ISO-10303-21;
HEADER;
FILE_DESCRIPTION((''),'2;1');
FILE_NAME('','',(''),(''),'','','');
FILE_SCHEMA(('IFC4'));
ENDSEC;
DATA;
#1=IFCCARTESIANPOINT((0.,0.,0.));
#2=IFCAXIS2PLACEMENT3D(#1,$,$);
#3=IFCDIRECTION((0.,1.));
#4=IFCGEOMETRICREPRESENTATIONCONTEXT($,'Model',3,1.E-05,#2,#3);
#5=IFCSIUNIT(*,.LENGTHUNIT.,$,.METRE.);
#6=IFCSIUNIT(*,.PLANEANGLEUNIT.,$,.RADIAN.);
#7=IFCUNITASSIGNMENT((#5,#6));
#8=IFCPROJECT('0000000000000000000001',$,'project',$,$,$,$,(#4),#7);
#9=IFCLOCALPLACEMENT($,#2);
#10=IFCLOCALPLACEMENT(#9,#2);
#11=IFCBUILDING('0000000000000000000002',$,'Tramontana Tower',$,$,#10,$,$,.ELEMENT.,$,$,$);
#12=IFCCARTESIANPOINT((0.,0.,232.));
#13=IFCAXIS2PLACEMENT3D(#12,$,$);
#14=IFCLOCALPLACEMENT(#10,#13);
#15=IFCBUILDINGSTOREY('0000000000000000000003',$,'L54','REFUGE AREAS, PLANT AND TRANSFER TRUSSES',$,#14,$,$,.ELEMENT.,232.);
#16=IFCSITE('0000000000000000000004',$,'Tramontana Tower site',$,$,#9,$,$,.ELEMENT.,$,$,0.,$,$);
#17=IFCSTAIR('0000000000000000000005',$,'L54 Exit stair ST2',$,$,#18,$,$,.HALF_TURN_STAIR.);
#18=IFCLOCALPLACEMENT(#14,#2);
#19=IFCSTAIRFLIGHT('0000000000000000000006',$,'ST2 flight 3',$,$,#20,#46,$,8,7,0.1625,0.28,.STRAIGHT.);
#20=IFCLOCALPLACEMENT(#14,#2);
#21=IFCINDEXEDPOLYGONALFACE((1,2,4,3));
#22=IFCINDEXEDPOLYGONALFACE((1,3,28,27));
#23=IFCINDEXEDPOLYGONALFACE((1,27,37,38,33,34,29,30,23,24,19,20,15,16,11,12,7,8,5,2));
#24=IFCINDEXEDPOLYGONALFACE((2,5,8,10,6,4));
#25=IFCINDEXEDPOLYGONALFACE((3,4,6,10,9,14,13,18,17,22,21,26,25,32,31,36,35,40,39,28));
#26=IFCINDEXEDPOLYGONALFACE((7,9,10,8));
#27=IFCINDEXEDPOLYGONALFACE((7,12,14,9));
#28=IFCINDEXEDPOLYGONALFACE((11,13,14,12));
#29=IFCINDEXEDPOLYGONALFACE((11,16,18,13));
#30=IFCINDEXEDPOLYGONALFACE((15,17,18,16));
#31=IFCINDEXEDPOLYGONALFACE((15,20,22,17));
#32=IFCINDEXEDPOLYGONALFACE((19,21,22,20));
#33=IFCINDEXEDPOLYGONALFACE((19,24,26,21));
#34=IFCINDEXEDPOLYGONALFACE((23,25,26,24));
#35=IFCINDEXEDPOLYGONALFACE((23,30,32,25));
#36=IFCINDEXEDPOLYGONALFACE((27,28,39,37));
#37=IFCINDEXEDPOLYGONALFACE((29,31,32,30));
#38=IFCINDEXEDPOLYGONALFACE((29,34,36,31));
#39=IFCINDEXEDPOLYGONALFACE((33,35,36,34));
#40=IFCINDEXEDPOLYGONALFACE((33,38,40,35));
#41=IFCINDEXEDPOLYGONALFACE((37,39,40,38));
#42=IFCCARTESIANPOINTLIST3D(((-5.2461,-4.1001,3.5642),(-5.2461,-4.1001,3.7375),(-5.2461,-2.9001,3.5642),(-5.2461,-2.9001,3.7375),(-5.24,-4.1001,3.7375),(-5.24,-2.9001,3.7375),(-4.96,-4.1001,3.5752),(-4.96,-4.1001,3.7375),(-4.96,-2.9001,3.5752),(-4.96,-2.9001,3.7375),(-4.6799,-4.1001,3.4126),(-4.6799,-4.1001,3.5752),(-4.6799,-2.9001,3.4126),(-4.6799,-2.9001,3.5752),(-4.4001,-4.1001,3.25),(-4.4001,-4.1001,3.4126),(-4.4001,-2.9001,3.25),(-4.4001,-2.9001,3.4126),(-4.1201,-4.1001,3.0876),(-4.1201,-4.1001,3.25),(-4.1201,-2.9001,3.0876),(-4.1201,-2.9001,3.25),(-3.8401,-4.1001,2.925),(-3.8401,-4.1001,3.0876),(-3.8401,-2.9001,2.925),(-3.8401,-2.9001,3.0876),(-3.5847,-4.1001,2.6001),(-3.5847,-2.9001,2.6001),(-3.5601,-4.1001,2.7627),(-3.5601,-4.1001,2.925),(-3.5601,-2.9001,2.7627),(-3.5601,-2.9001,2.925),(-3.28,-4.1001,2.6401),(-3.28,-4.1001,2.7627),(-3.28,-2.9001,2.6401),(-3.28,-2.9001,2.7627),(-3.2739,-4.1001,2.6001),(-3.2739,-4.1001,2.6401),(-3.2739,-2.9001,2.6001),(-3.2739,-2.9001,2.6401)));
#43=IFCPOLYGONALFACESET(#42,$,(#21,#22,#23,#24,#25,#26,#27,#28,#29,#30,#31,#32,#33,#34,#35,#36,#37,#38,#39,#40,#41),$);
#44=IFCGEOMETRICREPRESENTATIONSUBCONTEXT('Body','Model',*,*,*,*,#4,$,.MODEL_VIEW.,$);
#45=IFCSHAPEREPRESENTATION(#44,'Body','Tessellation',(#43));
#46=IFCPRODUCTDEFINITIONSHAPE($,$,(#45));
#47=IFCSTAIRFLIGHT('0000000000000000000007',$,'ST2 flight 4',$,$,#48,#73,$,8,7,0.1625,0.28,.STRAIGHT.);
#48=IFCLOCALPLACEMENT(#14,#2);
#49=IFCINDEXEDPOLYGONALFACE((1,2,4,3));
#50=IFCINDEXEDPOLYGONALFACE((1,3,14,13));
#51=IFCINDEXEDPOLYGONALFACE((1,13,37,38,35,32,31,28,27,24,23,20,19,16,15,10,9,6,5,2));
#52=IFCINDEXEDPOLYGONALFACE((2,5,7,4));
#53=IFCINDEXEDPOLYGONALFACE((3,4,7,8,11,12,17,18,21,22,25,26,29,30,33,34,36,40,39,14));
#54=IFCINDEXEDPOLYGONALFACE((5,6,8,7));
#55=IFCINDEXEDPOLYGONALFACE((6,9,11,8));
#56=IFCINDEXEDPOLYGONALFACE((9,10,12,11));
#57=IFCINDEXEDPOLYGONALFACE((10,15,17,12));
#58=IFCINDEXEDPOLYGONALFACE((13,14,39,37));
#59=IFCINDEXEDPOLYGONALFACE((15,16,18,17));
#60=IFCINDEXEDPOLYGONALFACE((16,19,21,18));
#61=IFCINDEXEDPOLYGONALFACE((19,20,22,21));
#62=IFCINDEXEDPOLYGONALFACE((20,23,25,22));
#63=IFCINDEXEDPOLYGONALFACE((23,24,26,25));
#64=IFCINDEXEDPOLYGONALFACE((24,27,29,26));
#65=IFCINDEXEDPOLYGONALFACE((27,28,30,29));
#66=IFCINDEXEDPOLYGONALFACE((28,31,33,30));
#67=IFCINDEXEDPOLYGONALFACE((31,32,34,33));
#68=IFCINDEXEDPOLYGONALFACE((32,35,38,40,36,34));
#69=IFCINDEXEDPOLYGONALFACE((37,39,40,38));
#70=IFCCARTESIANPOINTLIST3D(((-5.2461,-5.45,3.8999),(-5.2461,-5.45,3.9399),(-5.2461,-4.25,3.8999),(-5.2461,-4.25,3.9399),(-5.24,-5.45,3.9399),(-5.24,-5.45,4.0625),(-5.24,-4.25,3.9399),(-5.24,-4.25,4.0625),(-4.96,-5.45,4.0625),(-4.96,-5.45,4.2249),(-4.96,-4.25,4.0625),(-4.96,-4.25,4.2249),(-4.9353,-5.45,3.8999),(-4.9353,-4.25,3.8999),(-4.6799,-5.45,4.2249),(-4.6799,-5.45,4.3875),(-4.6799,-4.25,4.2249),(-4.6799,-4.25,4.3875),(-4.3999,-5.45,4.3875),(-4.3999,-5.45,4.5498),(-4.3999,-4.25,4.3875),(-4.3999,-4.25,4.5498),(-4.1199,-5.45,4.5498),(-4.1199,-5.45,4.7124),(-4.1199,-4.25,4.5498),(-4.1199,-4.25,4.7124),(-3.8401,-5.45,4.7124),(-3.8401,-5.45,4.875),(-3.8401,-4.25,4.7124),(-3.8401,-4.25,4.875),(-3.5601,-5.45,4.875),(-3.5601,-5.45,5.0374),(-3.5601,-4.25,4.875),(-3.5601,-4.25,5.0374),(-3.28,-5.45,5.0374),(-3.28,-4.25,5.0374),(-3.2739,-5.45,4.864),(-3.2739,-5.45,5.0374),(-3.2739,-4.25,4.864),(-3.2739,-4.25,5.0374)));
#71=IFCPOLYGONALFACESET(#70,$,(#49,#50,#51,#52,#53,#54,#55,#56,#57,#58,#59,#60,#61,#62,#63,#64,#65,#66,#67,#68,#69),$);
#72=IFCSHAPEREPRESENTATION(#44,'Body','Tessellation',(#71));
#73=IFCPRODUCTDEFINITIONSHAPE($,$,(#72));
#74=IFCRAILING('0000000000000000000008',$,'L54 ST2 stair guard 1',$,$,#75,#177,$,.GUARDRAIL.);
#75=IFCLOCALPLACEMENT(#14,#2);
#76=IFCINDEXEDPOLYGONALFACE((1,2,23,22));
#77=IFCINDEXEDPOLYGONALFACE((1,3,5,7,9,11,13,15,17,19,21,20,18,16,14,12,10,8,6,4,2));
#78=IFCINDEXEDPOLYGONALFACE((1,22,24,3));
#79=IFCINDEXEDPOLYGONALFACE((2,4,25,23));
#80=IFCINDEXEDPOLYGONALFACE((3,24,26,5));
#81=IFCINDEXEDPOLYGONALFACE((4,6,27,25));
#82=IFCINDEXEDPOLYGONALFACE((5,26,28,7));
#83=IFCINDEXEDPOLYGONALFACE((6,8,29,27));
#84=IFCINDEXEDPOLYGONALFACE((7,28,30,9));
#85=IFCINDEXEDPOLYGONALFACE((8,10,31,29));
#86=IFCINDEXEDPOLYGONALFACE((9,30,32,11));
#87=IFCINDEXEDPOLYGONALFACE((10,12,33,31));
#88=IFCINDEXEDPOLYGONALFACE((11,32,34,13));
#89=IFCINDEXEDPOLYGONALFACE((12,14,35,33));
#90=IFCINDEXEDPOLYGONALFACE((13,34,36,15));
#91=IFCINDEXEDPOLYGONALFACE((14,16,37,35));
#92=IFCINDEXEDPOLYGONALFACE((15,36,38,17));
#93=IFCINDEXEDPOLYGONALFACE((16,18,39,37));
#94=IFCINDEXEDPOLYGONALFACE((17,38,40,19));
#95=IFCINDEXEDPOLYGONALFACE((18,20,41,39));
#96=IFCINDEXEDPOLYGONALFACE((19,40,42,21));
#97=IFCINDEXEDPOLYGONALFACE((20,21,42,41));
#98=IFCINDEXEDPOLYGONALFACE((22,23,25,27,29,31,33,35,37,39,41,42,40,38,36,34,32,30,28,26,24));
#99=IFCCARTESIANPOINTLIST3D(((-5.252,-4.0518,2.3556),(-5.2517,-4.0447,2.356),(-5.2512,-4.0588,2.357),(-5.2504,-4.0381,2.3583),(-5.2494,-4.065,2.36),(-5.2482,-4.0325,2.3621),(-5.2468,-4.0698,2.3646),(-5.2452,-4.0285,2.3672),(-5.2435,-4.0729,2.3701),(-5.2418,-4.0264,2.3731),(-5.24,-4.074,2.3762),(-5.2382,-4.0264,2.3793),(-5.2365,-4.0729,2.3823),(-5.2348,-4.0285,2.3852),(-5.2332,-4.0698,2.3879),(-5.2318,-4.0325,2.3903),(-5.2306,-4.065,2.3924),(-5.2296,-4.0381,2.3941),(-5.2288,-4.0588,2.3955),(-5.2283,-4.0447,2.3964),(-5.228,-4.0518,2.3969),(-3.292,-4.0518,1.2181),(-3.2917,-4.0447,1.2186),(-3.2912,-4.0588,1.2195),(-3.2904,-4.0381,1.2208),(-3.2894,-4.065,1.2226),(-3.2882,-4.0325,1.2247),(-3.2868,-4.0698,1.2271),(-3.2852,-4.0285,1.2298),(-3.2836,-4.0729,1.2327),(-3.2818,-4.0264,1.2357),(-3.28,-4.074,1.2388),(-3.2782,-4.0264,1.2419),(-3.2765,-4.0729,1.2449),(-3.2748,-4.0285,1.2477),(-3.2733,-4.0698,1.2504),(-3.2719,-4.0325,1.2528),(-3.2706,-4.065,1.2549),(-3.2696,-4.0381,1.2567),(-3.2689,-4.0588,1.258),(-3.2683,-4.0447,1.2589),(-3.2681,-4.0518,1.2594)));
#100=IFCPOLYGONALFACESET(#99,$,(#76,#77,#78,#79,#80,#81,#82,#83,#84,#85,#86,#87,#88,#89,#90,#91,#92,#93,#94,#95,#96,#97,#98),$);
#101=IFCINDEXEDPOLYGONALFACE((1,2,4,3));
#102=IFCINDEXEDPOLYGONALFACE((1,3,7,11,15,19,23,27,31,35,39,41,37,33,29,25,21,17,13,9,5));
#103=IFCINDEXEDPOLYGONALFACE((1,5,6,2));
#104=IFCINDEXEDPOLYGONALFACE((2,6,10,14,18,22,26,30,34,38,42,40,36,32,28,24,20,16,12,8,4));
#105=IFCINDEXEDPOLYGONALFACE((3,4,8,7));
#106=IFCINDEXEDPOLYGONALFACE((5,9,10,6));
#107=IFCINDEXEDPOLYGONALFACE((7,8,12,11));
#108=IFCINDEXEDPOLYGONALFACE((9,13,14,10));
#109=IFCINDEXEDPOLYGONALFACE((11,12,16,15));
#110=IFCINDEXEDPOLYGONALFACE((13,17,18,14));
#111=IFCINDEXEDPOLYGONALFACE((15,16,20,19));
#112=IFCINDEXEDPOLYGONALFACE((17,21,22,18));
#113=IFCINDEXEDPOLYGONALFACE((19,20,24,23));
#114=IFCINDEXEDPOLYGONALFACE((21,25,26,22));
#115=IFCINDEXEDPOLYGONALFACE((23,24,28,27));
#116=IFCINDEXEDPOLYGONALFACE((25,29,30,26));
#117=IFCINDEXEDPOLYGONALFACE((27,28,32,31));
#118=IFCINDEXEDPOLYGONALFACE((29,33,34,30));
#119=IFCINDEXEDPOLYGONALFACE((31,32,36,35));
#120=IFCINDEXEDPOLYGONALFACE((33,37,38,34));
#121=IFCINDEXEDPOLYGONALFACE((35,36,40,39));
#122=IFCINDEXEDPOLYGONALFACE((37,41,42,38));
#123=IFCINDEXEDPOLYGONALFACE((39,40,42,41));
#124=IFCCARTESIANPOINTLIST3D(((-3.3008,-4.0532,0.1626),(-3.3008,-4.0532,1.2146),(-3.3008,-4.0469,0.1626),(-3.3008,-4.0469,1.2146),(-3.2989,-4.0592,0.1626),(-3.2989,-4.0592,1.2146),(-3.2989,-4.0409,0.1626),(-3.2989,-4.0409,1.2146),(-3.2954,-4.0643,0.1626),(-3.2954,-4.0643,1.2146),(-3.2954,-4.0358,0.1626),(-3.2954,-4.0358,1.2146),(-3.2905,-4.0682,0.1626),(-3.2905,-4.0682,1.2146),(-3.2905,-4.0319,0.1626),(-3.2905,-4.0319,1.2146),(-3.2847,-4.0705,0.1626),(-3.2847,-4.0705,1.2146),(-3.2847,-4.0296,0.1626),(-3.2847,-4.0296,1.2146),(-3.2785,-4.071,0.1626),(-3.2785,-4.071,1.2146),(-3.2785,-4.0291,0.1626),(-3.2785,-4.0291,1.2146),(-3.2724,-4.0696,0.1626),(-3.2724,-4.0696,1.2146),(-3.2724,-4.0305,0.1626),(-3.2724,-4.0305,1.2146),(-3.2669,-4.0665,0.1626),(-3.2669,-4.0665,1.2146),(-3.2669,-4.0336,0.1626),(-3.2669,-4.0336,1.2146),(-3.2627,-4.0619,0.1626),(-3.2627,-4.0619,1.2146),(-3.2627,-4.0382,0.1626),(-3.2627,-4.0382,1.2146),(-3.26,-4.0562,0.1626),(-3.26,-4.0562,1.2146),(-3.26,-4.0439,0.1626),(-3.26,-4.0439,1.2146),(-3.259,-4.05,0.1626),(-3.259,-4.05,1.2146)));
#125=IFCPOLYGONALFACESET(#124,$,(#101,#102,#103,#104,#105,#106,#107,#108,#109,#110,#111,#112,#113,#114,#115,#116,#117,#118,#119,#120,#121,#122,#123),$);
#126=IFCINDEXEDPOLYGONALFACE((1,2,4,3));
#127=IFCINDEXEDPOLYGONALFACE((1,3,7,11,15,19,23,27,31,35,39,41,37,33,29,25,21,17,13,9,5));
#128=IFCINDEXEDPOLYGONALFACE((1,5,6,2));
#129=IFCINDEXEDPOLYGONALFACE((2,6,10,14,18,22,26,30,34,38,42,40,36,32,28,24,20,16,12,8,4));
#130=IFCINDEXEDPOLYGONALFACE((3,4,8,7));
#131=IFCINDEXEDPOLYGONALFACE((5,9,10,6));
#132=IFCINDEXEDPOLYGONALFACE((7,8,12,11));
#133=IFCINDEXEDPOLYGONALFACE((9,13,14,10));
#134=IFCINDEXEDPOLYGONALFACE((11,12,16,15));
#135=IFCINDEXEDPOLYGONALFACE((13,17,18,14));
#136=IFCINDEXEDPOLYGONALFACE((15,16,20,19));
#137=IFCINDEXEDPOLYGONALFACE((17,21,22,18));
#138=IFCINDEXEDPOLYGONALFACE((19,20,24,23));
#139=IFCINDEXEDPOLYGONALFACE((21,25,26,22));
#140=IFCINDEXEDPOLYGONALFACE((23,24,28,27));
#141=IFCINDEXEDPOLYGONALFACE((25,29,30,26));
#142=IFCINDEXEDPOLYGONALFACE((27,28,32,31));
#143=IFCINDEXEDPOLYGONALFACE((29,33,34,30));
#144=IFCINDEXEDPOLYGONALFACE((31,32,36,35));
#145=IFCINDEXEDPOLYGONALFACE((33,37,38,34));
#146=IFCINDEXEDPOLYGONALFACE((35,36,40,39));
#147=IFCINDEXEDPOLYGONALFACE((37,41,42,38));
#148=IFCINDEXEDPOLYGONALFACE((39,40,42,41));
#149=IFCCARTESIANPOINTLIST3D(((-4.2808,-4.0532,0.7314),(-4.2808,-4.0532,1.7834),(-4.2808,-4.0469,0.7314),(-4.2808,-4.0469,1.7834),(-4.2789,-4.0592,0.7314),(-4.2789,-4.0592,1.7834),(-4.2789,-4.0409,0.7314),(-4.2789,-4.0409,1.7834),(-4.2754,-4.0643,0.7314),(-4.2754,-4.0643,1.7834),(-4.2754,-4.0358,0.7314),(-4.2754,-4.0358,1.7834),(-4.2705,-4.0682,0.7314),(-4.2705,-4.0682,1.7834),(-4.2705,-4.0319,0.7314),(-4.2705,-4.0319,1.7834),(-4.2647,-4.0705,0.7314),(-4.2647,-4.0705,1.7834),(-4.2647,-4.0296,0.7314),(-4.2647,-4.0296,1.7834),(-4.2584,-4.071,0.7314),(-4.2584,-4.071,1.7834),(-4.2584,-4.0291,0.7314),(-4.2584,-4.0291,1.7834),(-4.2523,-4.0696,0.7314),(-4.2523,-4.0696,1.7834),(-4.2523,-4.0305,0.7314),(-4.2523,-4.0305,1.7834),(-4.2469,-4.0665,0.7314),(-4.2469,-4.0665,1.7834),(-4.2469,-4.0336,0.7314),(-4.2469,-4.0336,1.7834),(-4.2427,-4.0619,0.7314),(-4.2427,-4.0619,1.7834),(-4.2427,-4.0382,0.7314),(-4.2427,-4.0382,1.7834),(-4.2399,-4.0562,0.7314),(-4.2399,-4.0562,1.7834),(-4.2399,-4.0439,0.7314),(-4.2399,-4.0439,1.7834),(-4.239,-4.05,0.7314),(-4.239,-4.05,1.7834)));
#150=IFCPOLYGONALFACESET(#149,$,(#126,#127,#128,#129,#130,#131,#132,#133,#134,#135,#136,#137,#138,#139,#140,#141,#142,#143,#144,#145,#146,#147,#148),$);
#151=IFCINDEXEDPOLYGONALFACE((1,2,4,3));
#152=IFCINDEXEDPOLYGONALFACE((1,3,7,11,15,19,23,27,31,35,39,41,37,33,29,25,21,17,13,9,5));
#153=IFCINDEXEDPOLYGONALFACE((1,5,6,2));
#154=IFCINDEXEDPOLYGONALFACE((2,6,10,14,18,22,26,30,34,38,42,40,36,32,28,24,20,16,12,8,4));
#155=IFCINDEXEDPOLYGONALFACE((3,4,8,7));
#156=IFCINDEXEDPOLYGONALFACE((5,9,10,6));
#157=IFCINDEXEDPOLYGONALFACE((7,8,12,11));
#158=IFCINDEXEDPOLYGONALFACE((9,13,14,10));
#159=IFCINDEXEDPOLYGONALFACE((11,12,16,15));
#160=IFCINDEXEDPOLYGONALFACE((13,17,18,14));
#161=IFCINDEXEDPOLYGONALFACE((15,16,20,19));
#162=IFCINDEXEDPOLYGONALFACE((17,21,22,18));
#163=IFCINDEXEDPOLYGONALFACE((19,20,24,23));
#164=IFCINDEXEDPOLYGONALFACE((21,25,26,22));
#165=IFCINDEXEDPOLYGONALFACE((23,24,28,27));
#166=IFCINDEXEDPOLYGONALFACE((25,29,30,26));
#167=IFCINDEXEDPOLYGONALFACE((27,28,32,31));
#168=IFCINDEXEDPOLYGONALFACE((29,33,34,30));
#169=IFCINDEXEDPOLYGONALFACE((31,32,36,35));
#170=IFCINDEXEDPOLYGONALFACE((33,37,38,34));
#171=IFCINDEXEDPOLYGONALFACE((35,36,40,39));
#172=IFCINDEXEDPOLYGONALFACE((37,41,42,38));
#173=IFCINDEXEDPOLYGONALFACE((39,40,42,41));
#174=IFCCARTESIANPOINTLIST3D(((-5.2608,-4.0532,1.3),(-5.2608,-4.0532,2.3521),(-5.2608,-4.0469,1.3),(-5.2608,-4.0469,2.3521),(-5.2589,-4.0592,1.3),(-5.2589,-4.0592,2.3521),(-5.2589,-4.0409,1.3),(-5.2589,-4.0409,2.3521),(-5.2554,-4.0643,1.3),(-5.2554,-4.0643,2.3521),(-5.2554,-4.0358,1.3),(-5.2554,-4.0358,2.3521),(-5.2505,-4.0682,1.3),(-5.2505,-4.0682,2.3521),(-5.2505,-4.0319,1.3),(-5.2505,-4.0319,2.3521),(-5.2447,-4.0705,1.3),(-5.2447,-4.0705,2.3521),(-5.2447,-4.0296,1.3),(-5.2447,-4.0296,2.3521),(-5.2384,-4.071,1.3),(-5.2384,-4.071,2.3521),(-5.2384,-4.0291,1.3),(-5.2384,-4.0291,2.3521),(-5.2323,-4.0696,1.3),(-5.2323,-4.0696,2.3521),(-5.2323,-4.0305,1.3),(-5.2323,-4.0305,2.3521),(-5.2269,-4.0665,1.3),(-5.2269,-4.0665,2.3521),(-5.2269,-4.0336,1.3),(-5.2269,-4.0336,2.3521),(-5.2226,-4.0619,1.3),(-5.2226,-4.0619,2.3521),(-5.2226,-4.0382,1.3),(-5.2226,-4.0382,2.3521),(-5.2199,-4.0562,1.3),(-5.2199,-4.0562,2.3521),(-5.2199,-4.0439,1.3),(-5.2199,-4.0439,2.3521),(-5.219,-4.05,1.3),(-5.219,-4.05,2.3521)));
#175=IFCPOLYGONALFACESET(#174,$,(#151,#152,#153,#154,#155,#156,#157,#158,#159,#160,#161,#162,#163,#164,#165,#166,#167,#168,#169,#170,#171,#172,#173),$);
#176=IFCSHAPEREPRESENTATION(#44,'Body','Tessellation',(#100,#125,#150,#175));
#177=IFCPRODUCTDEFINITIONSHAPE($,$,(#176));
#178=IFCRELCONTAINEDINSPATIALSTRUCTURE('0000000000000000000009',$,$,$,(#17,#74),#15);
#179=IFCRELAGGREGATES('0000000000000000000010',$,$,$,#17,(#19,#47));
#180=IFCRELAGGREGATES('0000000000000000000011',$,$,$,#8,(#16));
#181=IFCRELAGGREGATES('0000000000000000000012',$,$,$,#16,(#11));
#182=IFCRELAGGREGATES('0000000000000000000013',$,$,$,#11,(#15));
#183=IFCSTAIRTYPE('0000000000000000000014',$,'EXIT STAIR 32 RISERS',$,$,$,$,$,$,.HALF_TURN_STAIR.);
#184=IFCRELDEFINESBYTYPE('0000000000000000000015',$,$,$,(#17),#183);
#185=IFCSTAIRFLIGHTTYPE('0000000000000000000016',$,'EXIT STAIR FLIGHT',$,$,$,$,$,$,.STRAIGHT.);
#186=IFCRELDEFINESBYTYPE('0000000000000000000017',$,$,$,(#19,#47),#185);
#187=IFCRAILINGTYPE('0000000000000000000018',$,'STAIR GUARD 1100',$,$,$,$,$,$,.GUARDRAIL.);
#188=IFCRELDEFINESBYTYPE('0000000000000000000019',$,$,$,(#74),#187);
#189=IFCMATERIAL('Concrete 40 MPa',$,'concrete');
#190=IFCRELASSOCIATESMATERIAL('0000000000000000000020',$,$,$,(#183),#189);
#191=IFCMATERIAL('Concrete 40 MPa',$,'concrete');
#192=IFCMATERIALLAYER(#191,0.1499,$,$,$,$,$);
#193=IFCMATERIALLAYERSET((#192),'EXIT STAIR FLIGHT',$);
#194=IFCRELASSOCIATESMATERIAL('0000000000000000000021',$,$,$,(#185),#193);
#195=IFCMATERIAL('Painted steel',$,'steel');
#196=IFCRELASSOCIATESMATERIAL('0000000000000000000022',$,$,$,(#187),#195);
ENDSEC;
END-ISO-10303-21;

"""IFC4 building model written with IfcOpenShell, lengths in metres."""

from ifc_helpers import new_model, si_unit, direction, frame, origin, origin_2d, place, context, subcontext, project, spatial, polyline, circle, outline, extrude, material, layer, layer_set, type_object, element, aggregate, save


model = new_model("IFC4")

# Units and contexts
model_context = context("Model", 3, precision=1e-05, world=origin(), true_north=direction((0.0, 1.0)))
body_context = subcontext(model_context, "Body", "Model", "MODEL_VIEW")
ifc_project = project(units=[si_unit("LENGTHUNIT", "METRE"), si_unit("PLANEANGLEUNIT", "RADIAN")], contexts=[model_context])

# Site, building, storey
site_placement = place(None, origin())
site = spatial("IfcSite", under=ifc_project, at=site_placement, Name="Tramontana Tower site", CompositionType="ELEMENT", RefElevation=0.0)
building_placement = place(site_placement, origin())
building = spatial("IfcBuilding", under=site, at=building_placement, Name="Tramontana Tower", CompositionType="ELEMENT")
storey_placement = place(building_placement, frame((0.0, 0.0, 232.0)))
storey = spatial("IfcBuildingStorey", under=building, at=storey_placement, Name="L54", Description="REFUGE AREAS, PLANT AND TRANSFER TRUSSES", CompositionType="ELEMENT", Elevation=232.0)

# Stair, stair flights
ifc_material_1 = material(Name="Concrete 40 MPa", Category="concrete")
stair_type = type_object("IfcStairType", Name="EXIT STAIR 32 RISERS", PredefinedType="HALF_TURN_STAIR", material=ifc_material_1)
stair_placement = place(storey_placement, origin())
stair = element("IfcStair", 1, at=stair_placement, inside=storey, type_object=stair_type, Name="L54 Exit stair ST2", PredefinedType="HALF_TURN_STAIR")
ifc_material_2 = material(Name="Concrete 40 MPa", Category="concrete")
ifc_layer_1 = layer(ifc_material_2, 0.1499)
ifc_layer_set_1 = layer_set([ifc_layer_1], Name="EXIT STAIR FLIGHT")
stair_flight_type = type_object("IfcStairFlightType", Name="EXIT STAIR FLIGHT", PredefinedType="STRAIGHT", material=ifc_layer_set_1)
stair_flight_1_placement = place(storey_placement, frame((-3.28, -3.5, 2.6001), z_axis=(0.0, 0.0, 1.0), x_axis=(-1.0, 0.0, 0.0)))
stair_flight_1 = element("IfcStairFlight", 2, at=stair_flight_1_placement, type_object=stair_flight_type, Name="ST2 flight 3", NumberOfRisers=8, NumberOfTreads=7, PredefinedType="STRAIGHT", RiserHeight=0.1625, TreadLength=0.28, context=body_context, shape_type="SweptSolid", body=[
    extrude(outline(polyline([(-0.0061, 0.0), (-0.0061, 0.04), (0.0, 0.04), (0.0, 0.1626), (0.28, 0.1626), (0.28, 0.325), (0.5601, 0.325), (0.5601, 0.4875), (0.8401, 0.4875), (0.8401, 0.6499), (1.1201, 0.6499), (1.1201, 0.8125), (1.3999, 0.8125), (1.3999, 0.9751), (1.6799, 0.9751), (1.6799, 1.1375), (1.96, 1.1375), (1.9661, 1.1375), (1.9661, 0.9641), (0.3047, 0.0), (-0.0061, 0.0)])), frame((0.0, 0.6001, 0.0), z_axis=(0.0, -1.0, 0.0), x_axis=(1.0, 0.0, 0.0)), (0.0, 0.0, 1.0), 1.2),
])
stair_flight_2_placement = place(storey_placement, frame((-5.24, -4.8501, 3.8999), z_axis=(0.0, 0.0, 1.0), x_axis=(1.0, 0.0, 0.0)))
stair_flight_2 = element("IfcStairFlight", 3, at=stair_flight_2_placement, type_object=stair_flight_type, Name="ST2 flight 4", NumberOfRisers=8, NumberOfTreads=7, PredefinedType="STRAIGHT", RiserHeight=0.1625, TreadLength=0.28, context=body_context, shape_type="SweptSolid", body=[
    extrude(outline(polyline([(-0.0061, 0.0), (-0.0061, 0.04), (0.0, 0.04), (0.0, 0.1626), (0.28, 0.1626), (0.28, 0.325), (0.5601, 0.325), (0.5601, 0.4875), (0.8401, 0.4875), (0.8401, 0.6499), (1.1201, 0.6499), (1.1201, 0.8125), (1.3999, 0.8125), (1.3999, 0.9751), (1.6799, 0.9751), (1.6799, 1.1375), (1.96, 1.1375), (1.9661, 1.1375), (1.9661, 0.9641), (0.3047, 0.0), (-0.0061, 0.0)])), frame((0.0, 0.6001, 0.0), z_axis=(0.0, -1.0, 0.0), x_axis=(1.0, 0.0, 0.0)), (0.0, 0.0, 1.0), 1.2),
])
aggregate(stair, [stair_flight_1, stair_flight_2])

# Railing
ifc_material_3 = material(Name="Painted steel", Category="steel")
railing_type_1 = type_object("IfcRailingType", Name="STAIR GUARD 1100", PredefinedType="GUARDRAIL", material=ifc_material_3)
railing_1_placement = place(storey_placement, frame((-3.28, -4.05, 0.1626)))
element("IfcRailing", 4, at=railing_1_placement, inside=storey, type_object=railing_type_1, Name="L54 ST2 stair guard 1", PredefinedType="GUARDRAIL", context=body_context, shape_type="SweptSolid", body=[
    extrude(circle(Radius=0.0239, at=origin_2d()), frame((0.0, 0.0, 1.0762), z_axis=(-0.864902, 0.0, 0.501941), x_axis=(0.0, -1.0, 0.0)), (0.0, 0.0, 1.0), 2.2661),
    extrude(circle(Radius=0.021, at=origin_2d()), origin(), (0.0, 0.0, 1.0), 1.052),
    extrude(circle(Radius=0.021, at=origin_2d()), frame((-0.98, 0.0, 0.5688)), (0.0, 0.0, 1.0), 1.052),
    extrude(circle(Radius=0.021, at=origin_2d()), frame((-1.96, 0.0, 1.1375)), (0.0, 0.0, 1.0), 1.052),
])

save(model, "model.ifc")
